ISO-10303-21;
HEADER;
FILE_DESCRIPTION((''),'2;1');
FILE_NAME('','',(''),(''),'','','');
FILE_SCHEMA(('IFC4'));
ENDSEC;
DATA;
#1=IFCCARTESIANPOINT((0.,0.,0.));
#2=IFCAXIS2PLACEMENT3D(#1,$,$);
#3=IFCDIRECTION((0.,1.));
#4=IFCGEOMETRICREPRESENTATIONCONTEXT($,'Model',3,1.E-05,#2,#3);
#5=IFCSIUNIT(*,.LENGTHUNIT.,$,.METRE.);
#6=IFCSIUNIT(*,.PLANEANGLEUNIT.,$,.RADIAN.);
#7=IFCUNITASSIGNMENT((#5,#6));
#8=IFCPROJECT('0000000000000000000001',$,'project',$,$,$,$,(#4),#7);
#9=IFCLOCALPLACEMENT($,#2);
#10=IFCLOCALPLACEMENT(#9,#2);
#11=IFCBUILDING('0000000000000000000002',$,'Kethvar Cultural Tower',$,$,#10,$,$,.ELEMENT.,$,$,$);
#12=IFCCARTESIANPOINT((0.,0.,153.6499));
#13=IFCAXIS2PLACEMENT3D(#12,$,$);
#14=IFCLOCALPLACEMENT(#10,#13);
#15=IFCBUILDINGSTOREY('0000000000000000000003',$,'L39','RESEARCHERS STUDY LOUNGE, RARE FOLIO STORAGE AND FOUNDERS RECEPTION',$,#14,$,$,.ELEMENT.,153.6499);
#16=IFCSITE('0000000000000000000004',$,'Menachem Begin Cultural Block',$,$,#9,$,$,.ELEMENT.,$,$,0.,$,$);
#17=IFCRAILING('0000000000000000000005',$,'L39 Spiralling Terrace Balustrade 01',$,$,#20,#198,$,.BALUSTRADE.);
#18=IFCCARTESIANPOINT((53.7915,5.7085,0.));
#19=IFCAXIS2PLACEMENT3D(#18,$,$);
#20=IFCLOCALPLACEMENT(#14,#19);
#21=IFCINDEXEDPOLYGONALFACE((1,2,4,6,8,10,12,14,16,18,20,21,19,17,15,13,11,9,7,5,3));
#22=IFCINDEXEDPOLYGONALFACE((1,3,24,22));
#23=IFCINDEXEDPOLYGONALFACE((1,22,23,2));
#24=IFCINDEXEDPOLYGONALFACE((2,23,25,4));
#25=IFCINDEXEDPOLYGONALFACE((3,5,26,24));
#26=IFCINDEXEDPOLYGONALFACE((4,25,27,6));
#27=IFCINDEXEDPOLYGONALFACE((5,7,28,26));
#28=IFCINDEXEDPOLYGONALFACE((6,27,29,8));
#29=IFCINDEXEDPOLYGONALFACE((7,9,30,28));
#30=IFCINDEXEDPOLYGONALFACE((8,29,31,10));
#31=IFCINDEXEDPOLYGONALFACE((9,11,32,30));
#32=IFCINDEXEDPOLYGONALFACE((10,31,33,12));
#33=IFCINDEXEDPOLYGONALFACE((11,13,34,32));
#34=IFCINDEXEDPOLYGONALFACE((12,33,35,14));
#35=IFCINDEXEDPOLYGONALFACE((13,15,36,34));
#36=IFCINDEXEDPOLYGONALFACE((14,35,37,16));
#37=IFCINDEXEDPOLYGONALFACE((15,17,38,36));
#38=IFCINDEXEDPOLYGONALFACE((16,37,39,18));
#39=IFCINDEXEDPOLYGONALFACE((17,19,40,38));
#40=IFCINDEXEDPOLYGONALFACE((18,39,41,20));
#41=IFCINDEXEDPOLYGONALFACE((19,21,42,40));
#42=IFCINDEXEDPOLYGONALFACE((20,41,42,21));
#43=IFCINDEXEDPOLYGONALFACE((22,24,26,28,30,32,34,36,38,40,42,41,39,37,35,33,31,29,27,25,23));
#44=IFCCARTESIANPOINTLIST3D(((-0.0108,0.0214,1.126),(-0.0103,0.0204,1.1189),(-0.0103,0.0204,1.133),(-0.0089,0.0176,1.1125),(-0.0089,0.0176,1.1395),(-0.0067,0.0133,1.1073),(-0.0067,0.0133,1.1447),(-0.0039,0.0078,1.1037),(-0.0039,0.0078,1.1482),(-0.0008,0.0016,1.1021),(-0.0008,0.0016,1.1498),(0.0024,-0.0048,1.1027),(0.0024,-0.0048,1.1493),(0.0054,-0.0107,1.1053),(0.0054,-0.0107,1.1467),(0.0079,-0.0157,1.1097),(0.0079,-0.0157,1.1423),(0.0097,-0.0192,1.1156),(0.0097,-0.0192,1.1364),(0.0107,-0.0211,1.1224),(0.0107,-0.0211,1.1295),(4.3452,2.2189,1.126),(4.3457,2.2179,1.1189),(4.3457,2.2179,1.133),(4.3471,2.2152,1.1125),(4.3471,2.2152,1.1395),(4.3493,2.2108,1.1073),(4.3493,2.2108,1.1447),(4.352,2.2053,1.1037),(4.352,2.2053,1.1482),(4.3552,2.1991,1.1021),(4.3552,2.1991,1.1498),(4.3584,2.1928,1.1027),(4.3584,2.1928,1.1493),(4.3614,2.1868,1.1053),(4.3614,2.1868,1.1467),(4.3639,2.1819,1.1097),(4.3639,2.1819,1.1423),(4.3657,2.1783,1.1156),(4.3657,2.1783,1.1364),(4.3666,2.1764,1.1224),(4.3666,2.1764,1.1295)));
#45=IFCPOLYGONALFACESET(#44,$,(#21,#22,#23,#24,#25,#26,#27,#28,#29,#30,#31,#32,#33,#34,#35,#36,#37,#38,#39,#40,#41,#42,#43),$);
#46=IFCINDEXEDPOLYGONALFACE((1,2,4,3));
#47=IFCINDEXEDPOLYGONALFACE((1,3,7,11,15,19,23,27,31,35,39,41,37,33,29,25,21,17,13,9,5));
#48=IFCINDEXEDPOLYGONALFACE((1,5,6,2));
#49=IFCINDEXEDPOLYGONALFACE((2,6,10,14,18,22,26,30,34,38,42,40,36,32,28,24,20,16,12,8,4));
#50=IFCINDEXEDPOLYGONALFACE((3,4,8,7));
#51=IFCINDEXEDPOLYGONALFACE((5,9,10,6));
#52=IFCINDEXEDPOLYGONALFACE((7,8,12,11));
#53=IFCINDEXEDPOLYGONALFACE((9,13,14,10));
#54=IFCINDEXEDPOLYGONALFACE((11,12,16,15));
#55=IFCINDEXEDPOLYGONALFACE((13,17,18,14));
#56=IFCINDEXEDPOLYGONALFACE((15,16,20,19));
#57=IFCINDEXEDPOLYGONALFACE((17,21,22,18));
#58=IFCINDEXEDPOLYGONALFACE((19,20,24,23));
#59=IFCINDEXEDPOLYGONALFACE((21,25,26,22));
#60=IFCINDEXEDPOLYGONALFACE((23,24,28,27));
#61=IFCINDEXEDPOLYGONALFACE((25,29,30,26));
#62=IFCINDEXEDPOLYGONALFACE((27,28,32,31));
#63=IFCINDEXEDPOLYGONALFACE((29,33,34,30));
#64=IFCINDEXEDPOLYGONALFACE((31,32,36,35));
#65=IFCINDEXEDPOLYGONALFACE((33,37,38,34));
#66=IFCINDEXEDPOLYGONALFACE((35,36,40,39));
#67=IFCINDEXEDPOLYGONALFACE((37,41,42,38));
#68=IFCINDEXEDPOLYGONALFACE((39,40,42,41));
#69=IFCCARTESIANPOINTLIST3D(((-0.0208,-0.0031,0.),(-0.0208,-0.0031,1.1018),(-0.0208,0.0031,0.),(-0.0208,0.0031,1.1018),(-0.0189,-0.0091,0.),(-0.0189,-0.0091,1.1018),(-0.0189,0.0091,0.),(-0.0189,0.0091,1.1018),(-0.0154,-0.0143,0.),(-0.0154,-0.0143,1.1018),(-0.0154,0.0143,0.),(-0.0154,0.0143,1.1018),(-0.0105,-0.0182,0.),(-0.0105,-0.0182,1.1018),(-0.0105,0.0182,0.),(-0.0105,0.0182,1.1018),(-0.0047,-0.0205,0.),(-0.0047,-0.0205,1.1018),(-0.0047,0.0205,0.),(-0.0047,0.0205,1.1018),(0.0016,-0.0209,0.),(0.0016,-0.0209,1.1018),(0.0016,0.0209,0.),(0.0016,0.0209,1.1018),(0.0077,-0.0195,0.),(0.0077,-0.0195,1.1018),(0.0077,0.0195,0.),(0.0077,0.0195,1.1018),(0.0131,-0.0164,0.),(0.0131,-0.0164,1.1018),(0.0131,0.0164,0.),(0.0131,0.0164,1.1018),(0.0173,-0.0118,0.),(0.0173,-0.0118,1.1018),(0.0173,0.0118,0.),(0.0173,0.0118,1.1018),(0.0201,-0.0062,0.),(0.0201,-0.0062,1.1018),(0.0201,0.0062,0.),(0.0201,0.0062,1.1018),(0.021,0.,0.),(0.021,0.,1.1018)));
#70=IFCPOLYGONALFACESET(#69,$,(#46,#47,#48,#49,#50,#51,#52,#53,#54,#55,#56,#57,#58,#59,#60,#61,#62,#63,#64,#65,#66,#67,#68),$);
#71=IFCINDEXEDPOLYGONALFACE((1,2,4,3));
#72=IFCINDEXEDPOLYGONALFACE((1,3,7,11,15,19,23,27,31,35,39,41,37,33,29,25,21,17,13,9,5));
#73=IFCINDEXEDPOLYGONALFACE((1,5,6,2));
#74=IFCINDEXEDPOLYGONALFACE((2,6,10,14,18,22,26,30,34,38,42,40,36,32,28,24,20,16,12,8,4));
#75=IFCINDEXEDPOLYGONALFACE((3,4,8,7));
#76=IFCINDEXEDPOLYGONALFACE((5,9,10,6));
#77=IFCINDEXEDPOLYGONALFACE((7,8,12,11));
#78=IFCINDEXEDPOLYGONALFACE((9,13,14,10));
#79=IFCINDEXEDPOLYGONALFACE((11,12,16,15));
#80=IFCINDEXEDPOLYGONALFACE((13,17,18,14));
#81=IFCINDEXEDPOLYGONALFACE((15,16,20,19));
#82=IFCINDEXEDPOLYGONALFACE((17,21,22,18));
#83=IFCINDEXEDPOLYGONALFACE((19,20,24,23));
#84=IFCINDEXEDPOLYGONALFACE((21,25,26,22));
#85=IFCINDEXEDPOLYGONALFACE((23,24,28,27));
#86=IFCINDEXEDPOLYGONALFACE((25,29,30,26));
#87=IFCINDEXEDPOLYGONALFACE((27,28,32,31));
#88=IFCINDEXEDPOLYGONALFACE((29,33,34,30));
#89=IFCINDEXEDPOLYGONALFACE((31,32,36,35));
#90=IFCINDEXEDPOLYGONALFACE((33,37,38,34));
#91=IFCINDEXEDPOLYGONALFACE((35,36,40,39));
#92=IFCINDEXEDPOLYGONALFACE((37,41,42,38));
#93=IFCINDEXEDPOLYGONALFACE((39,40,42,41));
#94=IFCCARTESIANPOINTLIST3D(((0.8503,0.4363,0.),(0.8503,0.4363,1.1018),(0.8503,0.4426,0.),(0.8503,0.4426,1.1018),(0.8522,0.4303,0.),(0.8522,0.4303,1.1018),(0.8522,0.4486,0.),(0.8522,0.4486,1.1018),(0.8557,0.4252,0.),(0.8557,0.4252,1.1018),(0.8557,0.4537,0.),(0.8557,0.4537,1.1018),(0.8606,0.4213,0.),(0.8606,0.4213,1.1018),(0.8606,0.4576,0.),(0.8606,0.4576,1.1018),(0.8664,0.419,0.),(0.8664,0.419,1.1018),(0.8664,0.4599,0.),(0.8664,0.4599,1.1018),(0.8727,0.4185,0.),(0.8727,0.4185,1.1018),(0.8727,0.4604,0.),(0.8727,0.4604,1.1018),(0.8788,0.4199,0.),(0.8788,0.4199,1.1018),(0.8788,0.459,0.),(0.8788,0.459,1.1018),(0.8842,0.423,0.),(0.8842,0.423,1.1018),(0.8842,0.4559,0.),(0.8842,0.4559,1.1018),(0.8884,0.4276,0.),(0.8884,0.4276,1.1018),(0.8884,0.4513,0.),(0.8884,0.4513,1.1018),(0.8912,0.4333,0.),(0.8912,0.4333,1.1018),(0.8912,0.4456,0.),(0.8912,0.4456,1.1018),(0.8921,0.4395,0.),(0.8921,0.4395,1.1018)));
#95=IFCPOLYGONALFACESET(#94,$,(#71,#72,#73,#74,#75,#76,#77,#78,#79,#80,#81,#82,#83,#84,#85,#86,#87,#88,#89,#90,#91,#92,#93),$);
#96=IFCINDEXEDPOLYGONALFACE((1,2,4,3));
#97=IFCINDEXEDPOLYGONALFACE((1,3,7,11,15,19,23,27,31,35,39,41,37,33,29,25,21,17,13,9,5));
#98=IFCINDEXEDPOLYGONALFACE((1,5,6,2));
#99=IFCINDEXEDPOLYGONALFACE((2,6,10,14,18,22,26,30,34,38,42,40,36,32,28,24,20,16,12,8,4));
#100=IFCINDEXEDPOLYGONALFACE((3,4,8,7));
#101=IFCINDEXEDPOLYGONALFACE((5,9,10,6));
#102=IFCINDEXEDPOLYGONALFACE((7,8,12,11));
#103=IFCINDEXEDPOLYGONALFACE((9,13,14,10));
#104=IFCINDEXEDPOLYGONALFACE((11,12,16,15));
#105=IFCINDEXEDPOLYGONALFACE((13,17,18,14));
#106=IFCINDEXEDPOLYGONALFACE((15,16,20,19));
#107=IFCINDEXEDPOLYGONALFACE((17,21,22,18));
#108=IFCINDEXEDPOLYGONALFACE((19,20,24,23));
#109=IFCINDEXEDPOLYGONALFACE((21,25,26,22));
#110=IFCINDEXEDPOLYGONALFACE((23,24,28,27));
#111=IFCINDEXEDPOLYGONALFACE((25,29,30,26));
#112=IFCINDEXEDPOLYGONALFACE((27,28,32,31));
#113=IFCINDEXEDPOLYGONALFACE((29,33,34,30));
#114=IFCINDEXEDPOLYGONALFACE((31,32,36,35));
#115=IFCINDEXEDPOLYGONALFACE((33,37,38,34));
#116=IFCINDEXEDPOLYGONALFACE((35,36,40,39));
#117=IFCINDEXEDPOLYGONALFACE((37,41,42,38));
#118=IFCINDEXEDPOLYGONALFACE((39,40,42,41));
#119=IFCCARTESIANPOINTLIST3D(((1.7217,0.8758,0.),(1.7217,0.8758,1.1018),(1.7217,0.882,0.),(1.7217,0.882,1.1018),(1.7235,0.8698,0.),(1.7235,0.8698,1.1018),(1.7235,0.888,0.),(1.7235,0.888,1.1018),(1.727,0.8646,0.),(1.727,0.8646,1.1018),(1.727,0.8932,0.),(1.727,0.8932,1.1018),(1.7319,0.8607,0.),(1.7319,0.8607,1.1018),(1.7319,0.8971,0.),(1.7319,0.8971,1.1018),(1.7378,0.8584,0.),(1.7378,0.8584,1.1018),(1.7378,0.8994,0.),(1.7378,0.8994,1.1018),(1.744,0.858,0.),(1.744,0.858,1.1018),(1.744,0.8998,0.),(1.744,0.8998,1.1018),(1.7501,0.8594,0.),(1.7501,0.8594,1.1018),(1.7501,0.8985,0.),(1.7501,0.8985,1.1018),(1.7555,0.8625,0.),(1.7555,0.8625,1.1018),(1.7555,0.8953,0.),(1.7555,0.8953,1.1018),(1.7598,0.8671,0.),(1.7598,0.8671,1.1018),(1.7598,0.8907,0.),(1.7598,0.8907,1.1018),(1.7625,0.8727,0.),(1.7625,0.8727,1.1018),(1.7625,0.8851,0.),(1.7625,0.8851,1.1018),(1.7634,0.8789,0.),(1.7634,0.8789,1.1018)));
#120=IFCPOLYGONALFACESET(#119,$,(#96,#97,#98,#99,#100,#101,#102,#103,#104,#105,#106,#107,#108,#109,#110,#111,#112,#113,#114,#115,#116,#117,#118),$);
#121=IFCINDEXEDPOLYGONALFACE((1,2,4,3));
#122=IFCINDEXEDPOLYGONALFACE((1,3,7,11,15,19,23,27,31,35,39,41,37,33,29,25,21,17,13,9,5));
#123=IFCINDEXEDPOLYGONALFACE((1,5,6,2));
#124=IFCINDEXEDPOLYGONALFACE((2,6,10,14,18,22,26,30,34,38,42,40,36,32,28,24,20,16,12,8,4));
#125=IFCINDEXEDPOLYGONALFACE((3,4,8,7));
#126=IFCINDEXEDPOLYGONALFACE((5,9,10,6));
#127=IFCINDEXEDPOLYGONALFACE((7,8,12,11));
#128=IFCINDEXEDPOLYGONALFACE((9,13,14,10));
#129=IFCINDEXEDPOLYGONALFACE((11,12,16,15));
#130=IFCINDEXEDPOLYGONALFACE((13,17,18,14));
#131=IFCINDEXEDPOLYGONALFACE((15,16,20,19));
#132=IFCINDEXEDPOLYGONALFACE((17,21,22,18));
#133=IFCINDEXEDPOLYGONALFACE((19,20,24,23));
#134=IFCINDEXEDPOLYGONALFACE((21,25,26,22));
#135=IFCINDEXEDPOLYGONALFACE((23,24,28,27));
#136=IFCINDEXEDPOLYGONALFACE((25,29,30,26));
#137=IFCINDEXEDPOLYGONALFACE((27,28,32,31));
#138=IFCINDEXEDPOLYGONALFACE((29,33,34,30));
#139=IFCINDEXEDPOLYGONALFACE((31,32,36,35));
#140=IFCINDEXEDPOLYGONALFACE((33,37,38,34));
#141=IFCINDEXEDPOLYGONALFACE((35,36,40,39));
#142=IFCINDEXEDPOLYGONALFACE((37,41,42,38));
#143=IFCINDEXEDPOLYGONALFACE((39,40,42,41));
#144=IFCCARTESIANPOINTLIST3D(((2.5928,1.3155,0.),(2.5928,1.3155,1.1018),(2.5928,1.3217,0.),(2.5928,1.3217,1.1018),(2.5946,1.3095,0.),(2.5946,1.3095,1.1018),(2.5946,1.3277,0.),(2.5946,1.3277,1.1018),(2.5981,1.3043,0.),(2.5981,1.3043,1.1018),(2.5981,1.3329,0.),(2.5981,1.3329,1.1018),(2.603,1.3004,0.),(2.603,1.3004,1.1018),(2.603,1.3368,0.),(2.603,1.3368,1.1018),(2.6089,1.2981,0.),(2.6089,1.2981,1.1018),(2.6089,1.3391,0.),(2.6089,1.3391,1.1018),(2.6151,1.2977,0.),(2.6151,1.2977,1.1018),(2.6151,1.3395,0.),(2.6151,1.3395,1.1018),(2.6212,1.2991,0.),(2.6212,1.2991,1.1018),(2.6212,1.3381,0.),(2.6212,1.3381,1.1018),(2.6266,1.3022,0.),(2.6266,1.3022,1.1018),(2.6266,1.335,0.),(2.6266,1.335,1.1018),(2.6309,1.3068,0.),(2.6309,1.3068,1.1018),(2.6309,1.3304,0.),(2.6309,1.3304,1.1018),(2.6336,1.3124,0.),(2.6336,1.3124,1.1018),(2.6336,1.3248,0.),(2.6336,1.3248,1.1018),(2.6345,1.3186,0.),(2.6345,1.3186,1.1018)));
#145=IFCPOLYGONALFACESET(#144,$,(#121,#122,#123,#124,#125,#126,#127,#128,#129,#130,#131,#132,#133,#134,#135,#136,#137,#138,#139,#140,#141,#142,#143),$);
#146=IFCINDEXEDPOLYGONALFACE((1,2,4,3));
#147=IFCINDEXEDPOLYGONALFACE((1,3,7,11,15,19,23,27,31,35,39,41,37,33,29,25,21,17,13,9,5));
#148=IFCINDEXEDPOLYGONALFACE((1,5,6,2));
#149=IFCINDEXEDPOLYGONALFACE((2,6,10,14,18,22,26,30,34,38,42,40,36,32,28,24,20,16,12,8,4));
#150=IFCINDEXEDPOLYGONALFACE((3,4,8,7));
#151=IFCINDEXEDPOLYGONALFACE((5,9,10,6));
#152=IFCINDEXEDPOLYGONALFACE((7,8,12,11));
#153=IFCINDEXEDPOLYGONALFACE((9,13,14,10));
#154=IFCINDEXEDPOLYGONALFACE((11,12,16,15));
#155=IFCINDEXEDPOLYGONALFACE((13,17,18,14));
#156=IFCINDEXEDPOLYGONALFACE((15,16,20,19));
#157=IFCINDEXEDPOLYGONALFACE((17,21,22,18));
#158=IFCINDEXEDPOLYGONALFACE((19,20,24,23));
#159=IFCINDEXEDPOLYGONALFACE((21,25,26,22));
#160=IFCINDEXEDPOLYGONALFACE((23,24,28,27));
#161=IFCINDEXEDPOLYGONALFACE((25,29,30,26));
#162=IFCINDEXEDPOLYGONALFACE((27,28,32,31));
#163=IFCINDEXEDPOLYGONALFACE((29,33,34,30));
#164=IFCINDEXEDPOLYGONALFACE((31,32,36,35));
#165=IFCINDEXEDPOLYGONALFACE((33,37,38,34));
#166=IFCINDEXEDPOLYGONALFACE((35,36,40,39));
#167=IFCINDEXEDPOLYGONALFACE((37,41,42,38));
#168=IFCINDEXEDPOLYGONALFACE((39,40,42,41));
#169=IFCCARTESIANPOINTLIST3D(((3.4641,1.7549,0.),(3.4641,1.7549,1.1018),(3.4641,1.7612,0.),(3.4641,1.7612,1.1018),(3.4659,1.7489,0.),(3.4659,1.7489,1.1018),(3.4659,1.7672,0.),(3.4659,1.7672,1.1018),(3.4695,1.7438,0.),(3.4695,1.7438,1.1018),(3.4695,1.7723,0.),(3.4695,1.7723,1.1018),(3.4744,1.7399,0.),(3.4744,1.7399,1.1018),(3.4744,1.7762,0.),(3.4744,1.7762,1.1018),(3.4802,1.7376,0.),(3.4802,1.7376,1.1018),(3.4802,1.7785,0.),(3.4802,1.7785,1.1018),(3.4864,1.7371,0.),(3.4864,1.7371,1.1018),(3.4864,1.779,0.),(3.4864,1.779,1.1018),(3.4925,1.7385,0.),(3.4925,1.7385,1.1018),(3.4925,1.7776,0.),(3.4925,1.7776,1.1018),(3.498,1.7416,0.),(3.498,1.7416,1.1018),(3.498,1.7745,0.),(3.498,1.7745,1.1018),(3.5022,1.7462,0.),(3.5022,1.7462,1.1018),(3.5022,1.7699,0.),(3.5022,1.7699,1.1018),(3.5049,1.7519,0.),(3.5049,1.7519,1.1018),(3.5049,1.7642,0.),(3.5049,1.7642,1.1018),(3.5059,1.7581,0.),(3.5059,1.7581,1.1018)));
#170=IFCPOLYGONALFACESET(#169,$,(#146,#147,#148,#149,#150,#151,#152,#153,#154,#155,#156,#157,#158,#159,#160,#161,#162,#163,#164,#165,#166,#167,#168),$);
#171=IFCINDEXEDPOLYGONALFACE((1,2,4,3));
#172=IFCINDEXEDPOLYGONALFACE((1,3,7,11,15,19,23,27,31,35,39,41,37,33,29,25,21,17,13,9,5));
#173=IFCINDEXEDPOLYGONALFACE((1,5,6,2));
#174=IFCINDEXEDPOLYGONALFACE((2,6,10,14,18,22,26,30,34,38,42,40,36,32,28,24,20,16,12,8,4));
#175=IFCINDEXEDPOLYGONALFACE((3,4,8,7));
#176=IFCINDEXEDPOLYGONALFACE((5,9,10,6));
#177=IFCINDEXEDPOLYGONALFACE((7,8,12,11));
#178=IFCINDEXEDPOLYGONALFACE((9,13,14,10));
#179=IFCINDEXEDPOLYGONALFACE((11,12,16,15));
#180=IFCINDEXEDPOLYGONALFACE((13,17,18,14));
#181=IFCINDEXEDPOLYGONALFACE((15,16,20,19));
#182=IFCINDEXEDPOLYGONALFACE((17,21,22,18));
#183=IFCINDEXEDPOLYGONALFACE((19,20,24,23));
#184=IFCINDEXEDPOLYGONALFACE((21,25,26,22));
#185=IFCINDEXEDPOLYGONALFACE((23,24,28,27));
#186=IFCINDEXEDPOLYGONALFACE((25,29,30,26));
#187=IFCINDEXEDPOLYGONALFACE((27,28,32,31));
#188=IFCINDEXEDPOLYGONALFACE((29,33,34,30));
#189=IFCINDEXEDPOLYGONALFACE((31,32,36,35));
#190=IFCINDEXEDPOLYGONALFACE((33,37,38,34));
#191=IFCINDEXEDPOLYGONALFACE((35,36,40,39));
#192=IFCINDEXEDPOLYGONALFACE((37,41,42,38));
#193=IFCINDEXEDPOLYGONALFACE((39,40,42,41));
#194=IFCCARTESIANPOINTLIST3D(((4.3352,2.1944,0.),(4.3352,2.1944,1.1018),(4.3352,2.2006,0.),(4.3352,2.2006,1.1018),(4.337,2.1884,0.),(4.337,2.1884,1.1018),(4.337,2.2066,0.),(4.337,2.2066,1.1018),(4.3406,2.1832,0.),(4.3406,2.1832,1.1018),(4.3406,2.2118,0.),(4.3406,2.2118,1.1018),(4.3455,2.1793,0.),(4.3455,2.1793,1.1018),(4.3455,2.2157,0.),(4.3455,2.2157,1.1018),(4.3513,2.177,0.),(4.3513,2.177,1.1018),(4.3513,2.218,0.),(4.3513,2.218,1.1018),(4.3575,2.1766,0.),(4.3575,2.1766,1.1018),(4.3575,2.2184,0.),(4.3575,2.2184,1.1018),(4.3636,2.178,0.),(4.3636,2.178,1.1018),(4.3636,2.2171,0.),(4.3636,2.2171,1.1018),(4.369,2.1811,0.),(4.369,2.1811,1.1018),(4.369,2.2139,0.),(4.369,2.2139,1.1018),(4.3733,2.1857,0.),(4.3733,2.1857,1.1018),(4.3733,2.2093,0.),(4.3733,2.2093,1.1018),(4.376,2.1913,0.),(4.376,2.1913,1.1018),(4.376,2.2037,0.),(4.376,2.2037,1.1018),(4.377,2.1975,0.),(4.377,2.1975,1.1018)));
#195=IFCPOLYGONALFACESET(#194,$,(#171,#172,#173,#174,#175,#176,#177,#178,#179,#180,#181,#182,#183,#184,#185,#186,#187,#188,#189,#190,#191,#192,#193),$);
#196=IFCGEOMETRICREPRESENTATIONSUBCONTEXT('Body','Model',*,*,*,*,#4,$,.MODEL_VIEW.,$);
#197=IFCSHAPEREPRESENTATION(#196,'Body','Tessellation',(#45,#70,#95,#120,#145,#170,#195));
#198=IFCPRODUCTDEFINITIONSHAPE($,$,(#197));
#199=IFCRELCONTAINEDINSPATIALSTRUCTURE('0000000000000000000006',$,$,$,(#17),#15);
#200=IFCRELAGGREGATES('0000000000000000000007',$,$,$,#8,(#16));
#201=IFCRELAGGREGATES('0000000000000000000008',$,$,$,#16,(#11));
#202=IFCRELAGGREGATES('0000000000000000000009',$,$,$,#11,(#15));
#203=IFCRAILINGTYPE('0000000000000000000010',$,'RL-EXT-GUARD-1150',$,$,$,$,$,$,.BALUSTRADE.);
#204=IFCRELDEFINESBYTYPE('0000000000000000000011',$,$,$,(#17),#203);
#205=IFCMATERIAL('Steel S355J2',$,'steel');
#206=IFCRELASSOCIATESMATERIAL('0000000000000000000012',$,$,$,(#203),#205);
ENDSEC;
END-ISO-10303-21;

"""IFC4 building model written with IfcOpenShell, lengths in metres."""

from ifc_helpers import new_model, si_unit, direction, frame, origin, origin_2d, place, context, subcontext, project, spatial, circle, extrude, material, type_object, element, save


model = new_model("IFC4")

# Units and contexts
model_context = context("Model", 3, precision=1e-05, world=origin(), true_north=direction((0.0, 1.0)))
body_context = subcontext(model_context, "Body", "Model", "MODEL_VIEW")
ifc_project = project(units=[si_unit("LENGTHUNIT", "METRE"), si_unit("PLANEANGLEUNIT", "RADIAN")], contexts=[model_context])

# Site, building, storey
site_placement = place(None, origin())
site = spatial("IfcSite", under=ifc_project, at=site_placement, Name="Menachem Begin Cultural Block", CompositionType="ELEMENT", RefElevation=0.0)
building_placement = place(site_placement, origin())
building = spatial("IfcBuilding", under=site, at=building_placement, Name="Kethvar Cultural Tower", CompositionType="ELEMENT")
storey_placement = place(building_placement, frame((0.0, 0.0, 153.6499)))
storey = spatial("IfcBuildingStorey", under=building, at=storey_placement, Name="L39", Description="RESEARCHERS STUDY LOUNGE, RARE FOLIO STORAGE AND FOUNDERS RECEPTION", CompositionType="ELEMENT", Elevation=153.6499)

# Shared definitions
ifc_material_1 = material(Name="Steel S355J2", Category="steel")

# Railing
railing_type = type_object("IfcRailingType", Name="RL-EXT-GUARD-1150", PredefinedType="BALUSTRADE", material=ifc_material_1)
railing_placement = place(storey_placement, frame((53.7915, 5.7085, 0.0)))
element("IfcRailing", 1, at=railing_placement, inside=storey, type_object=railing_type, Name="L39 Spiralling Terrace Balustrade 01", PredefinedType="BALUSTRADE", context=body_context, shape_type="SweptSolid", body=[
    extrude(circle(Radius=0.0239, at=origin_2d()), frame((0.0, 0.0, 1.126), z_axis=(0.89282, 0.450413, 0.0), x_axis=(-0.450413, 0.89282, 0.0)), (0.0, 0.0, 1.0), 4.8789),
    extrude(circle(Radius=0.021, at=origin_2d()), origin(), (0.0, 0.0, 1.0), 1.1018),
    extrude(circle(Radius=0.021, at=origin_2d()), frame((0.8711, 0.4395, 0.0)), (0.0, 0.0, 1.0), 1.1018),
    extrude(circle(Radius=0.021, at=origin_2d()), frame((1.7424, 0.8789, 0.0)), (0.0, 0.0, 1.0), 1.1018),
    extrude(circle(Radius=0.021, at=origin_2d()), frame((2.6135, 1.3186, 0.0)), (0.0, 0.0, 1.0), 1.1018),
    extrude(circle(Radius=0.021, at=origin_2d()), frame((3.4849, 1.7581, 0.0)), (0.0, 0.0, 1.0), 1.1018),
    extrude(circle(Radius=0.021, at=origin_2d()), frame((4.356, 2.1975, 0.0)), (0.0, 0.0, 1.0), 1.1018),
])

save(model, "model.ifc")
